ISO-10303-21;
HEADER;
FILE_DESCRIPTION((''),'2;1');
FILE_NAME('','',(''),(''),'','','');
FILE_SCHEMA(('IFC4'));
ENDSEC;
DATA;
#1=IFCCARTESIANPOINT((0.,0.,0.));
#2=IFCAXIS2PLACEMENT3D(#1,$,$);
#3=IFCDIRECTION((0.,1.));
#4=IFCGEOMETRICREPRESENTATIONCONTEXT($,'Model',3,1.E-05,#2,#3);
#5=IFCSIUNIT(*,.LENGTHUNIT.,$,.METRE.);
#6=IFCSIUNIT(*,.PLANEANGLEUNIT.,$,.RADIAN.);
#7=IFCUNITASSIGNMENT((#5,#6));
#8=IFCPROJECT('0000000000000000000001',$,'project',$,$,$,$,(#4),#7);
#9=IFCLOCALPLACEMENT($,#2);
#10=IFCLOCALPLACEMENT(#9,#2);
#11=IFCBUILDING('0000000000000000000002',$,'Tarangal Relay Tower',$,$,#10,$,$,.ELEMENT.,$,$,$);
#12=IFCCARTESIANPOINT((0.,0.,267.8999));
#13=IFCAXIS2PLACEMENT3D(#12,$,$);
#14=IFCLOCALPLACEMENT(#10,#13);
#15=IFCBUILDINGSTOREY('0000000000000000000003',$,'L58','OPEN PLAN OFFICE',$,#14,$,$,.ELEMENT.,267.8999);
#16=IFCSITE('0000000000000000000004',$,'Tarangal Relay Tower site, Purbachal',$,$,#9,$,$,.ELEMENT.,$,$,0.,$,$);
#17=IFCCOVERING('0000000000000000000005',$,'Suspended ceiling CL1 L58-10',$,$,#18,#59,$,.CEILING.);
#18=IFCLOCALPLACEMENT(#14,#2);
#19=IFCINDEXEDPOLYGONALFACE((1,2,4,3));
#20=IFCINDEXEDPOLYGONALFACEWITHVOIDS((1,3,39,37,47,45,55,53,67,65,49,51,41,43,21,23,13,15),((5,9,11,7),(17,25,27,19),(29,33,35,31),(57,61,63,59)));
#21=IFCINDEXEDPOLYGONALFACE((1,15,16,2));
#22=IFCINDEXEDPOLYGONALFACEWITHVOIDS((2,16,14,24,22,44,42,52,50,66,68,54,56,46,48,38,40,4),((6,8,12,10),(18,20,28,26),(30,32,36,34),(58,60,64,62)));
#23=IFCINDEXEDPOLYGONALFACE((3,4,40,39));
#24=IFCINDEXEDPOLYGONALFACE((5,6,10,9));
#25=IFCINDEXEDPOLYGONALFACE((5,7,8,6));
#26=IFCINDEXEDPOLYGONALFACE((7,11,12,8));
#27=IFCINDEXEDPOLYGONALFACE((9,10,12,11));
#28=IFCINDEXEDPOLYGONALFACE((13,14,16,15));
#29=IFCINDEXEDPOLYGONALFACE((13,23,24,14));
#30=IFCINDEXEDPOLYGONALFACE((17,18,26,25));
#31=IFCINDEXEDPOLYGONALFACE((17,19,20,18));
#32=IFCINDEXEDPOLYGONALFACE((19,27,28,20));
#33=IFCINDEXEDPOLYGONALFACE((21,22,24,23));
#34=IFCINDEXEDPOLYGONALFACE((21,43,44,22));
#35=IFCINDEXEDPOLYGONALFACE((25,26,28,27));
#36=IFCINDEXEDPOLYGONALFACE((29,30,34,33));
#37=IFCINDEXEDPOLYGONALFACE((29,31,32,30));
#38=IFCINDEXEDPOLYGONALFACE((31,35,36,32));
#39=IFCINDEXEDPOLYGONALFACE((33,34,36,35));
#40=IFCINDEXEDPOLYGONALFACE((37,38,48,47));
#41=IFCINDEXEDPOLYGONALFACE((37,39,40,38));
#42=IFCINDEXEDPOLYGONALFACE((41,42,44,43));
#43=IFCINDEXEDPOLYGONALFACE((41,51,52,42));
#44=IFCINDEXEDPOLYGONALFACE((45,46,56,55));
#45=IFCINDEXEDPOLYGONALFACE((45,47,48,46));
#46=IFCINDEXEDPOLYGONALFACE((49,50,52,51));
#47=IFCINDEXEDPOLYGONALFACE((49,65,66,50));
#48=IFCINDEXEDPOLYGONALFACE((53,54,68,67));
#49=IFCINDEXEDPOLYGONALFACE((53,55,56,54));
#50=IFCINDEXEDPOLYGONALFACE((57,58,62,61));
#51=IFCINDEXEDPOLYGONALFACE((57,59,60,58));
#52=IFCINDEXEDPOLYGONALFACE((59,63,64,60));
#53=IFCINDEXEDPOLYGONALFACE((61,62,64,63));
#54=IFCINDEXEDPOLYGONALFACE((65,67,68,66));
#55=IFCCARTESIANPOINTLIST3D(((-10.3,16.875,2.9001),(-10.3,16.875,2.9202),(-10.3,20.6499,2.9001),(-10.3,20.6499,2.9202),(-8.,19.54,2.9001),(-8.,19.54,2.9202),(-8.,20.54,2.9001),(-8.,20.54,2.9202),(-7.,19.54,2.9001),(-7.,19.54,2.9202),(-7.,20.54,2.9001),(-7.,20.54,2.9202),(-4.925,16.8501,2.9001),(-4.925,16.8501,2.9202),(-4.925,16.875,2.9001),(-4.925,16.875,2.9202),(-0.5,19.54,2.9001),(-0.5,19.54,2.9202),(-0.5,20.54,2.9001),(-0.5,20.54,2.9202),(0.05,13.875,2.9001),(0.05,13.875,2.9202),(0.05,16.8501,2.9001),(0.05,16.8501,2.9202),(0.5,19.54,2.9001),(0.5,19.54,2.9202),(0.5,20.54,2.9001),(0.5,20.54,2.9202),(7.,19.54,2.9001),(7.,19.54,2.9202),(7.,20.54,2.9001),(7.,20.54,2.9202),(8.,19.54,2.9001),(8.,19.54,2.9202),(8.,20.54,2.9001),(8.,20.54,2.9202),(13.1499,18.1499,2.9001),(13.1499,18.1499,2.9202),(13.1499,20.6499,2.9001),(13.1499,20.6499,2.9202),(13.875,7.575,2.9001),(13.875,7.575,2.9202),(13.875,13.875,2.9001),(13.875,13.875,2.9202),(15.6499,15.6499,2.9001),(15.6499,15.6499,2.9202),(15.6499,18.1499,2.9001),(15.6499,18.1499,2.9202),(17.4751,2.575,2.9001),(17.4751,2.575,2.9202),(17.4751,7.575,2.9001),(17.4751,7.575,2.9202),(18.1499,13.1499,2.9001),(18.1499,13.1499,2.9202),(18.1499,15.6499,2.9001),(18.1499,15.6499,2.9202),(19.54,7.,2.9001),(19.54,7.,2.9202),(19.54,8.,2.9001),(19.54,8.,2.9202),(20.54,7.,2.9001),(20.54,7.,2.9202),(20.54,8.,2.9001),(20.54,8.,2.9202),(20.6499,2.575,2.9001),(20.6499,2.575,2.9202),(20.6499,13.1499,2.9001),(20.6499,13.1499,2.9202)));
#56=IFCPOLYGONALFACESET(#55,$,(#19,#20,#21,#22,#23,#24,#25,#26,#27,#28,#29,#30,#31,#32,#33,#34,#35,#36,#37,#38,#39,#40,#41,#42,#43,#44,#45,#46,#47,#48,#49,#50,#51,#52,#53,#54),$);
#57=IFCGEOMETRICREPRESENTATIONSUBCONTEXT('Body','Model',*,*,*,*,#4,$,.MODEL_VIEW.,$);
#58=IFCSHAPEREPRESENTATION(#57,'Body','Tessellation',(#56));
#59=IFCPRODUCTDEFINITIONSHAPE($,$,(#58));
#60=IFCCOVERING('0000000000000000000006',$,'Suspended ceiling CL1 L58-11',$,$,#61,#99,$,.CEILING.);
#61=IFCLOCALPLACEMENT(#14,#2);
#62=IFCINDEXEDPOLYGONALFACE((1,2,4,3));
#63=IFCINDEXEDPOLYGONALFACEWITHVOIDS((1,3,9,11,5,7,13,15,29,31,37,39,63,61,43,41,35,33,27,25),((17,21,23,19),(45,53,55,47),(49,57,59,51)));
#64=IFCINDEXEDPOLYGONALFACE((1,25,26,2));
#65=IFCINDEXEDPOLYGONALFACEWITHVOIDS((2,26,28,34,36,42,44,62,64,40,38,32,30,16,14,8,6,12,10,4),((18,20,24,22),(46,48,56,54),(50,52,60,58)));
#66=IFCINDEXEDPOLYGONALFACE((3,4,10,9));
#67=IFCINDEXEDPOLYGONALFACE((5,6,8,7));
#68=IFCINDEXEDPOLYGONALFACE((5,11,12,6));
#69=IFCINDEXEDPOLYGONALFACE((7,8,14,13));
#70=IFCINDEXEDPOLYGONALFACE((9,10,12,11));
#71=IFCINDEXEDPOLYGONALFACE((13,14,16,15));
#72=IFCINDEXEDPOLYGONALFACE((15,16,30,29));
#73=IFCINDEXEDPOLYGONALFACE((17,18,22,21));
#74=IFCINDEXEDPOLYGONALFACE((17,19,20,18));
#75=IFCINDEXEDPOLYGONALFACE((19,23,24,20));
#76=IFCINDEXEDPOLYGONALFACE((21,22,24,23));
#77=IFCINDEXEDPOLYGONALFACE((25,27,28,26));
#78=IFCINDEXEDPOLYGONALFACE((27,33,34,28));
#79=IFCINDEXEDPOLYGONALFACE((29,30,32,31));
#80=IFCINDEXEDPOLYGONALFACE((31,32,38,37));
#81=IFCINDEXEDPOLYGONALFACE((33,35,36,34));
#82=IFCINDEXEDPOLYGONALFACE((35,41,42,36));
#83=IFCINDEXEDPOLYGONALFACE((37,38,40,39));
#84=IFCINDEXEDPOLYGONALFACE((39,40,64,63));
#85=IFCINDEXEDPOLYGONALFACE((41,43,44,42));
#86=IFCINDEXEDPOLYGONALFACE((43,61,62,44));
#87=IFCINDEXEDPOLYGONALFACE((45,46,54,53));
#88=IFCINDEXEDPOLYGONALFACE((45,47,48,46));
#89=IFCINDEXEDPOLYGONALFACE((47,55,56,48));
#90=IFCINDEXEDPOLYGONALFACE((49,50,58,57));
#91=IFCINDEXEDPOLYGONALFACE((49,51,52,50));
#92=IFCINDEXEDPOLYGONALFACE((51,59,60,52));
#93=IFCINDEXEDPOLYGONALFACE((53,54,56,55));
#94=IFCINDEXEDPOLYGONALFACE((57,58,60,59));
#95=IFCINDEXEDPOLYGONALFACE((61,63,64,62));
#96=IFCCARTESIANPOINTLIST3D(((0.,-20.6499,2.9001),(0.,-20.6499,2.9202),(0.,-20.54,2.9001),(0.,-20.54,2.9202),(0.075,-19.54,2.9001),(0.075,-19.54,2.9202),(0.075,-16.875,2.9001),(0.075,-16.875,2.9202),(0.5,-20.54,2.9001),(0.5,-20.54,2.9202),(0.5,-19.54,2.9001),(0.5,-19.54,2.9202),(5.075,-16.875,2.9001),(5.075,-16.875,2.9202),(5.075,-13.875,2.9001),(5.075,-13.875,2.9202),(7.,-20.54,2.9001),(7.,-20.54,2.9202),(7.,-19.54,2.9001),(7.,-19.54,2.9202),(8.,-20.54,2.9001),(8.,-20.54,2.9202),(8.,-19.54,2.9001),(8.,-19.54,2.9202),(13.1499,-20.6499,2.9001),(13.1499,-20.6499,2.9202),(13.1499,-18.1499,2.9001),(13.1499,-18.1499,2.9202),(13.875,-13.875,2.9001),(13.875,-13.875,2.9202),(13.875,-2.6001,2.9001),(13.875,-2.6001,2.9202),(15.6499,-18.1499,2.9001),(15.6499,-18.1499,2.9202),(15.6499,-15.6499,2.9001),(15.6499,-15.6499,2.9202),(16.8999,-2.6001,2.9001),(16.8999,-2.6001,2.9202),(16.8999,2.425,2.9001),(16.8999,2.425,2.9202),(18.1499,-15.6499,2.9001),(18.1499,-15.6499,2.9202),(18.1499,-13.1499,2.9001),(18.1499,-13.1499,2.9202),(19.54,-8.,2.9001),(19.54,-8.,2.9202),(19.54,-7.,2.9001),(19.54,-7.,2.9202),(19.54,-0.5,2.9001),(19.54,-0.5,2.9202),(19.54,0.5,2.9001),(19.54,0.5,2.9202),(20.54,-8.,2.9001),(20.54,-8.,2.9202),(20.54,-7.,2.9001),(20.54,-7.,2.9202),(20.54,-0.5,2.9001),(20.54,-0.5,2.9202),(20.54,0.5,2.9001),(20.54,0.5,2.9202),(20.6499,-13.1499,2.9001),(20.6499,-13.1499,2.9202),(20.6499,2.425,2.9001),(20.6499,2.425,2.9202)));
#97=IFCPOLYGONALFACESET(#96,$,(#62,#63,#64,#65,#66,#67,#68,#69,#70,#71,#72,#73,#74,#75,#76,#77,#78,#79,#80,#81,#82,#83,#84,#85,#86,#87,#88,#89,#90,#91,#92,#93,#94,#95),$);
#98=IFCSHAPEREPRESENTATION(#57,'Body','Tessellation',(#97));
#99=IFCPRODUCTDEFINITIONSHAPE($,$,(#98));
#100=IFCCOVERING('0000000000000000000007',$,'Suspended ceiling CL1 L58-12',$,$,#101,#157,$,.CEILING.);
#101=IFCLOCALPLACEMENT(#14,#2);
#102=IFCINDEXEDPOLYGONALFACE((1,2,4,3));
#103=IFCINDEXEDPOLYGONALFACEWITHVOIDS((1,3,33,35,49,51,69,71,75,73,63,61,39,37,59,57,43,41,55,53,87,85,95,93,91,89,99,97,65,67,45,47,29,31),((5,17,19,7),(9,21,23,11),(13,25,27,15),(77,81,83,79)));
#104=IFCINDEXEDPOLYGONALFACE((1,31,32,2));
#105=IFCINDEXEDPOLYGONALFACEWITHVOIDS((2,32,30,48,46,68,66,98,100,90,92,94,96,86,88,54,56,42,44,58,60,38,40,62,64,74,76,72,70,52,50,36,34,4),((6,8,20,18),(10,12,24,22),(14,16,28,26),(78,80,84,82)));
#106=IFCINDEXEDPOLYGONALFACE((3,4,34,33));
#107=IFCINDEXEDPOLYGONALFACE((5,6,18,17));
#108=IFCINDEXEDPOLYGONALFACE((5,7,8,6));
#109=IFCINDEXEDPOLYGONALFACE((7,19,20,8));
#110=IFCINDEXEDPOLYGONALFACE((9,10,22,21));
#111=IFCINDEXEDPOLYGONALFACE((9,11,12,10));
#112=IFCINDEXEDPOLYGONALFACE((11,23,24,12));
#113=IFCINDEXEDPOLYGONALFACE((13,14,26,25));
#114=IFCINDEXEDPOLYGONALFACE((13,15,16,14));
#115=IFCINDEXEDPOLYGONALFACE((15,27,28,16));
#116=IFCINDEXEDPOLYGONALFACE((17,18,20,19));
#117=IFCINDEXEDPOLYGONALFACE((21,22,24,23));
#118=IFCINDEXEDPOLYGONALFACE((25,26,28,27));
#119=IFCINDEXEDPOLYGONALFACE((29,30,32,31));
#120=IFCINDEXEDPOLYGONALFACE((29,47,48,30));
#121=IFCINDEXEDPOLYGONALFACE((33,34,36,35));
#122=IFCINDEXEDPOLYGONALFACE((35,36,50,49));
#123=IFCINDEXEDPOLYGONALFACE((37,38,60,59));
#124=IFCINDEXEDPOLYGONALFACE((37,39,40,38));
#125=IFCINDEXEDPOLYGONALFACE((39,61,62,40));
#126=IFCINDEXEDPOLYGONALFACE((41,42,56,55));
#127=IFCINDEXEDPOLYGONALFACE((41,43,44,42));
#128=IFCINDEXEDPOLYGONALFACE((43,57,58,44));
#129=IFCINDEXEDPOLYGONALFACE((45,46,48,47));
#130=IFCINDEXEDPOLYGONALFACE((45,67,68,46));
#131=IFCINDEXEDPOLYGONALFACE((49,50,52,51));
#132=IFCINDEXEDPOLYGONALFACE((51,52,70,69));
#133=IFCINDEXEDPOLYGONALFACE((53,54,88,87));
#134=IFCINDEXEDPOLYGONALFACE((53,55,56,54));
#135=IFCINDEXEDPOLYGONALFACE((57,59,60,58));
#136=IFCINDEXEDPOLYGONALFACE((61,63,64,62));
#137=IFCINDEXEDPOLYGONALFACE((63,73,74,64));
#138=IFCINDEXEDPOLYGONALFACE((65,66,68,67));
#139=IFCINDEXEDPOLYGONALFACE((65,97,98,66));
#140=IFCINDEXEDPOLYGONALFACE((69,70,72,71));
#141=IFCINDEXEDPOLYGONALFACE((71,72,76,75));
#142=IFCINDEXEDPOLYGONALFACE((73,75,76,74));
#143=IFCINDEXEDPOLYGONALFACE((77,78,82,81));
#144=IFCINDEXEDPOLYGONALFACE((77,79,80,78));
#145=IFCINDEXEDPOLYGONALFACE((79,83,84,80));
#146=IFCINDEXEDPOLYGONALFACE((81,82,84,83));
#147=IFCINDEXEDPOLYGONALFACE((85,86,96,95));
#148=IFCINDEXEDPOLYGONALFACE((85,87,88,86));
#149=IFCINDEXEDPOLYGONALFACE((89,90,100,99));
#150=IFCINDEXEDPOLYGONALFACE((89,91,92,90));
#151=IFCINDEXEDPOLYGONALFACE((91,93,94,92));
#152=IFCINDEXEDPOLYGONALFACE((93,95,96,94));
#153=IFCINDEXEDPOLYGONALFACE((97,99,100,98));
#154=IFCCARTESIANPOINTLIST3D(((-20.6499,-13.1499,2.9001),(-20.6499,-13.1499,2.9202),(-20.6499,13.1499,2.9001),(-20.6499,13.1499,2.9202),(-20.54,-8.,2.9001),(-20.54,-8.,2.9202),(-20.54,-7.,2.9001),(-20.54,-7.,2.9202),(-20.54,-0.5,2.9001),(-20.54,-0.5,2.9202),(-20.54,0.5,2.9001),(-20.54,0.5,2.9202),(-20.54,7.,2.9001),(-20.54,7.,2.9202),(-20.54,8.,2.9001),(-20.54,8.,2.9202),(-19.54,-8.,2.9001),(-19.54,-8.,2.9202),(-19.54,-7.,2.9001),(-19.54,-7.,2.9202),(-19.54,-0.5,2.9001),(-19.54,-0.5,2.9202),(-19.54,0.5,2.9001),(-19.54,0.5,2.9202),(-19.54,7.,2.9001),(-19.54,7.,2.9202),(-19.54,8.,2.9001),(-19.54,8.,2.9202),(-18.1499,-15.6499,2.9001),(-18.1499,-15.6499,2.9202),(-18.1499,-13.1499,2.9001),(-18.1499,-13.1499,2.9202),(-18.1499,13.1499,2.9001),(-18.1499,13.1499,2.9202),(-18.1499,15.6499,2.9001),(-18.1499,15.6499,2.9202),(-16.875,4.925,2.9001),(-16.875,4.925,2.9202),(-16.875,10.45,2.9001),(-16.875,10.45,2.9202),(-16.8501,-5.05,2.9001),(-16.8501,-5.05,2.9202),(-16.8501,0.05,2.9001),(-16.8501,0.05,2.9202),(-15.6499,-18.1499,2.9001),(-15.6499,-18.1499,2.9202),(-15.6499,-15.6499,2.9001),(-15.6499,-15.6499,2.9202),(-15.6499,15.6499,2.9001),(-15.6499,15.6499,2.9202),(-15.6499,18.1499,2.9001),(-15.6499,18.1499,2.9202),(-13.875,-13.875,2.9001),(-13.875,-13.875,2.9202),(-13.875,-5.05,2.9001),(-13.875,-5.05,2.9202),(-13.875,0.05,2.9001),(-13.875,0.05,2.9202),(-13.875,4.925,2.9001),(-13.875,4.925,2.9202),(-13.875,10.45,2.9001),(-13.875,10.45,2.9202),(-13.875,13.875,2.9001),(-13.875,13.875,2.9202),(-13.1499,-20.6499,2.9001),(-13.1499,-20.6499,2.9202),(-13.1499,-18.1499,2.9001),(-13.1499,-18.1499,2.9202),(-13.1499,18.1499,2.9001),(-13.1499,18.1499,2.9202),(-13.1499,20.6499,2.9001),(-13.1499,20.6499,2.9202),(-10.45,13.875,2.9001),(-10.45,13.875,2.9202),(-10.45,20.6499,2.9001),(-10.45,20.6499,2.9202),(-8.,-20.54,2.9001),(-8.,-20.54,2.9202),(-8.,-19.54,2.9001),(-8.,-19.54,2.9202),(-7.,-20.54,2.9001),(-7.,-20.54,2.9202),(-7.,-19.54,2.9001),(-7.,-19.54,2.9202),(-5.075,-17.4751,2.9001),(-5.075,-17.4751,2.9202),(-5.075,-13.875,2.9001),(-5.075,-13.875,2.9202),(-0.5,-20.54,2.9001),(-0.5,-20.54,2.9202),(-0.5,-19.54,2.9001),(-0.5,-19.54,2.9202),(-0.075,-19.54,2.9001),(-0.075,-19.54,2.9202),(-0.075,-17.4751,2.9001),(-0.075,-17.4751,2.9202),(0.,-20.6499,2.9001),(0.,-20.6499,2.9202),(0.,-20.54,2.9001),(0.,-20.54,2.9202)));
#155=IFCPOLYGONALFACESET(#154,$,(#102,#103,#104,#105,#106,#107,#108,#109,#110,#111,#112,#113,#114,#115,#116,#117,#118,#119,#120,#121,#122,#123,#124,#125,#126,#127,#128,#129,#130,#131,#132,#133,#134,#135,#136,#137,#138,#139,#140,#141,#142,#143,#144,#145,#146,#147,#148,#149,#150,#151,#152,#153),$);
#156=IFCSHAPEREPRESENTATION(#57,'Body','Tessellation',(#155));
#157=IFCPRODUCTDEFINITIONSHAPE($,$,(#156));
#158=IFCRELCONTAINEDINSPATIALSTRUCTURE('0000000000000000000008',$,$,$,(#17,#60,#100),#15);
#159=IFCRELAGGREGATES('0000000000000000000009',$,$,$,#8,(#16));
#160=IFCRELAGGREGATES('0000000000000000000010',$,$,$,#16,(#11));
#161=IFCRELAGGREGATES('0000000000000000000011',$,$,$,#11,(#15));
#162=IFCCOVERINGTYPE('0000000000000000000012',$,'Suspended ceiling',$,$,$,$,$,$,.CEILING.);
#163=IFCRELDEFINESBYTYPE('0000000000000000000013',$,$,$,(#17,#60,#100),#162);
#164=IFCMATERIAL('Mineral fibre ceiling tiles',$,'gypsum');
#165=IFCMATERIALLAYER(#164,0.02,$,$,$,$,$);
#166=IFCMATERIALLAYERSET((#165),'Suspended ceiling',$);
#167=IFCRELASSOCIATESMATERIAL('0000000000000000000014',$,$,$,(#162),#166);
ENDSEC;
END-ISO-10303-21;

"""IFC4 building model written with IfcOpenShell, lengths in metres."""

from ifc_helpers import new_model, si_unit, direction, frame, origin, place, context, subcontext, project, spatial, polyline, outline, extrude, material, layer, layer_set, type_object, element, save


model = new_model("IFC4")

# Units and contexts
model_context = context("Model", 3, precision=1e-05, world=origin(), true_north=direction((0.0, 1.0)))
body_context = subcontext(model_context, "Body", "Model", "MODEL_VIEW")
ifc_project = project(units=[si_unit("LENGTHUNIT", "METRE"), si_unit("PLANEANGLEUNIT", "RADIAN")], contexts=[model_context])

# Site, building, storey
site_placement = place(None, origin())
site = spatial("IfcSite", under=ifc_project, at=site_placement, Name="Tarangal Relay Tower site, Purbachal", CompositionType="ELEMENT", RefElevation=0.0)
building_placement = place(site_placement, origin())
building = spatial("IfcBuilding", under=site, at=building_placement, Name="Tarangal Relay Tower", CompositionType="ELEMENT")
storey_placement = place(building_placement, frame((0.0, 0.0, 267.8999)))
storey = spatial("IfcBuildingStorey", under=building, at=storey_placement, Name="L58", Description="OPEN PLAN OFFICE", CompositionType="ELEMENT", Elevation=267.8999)

# Coverings
ifc_material_1 = material(Name="Mineral fibre ceiling tiles", Category="gypsum")
ifc_layer_1 = layer(ifc_material_1, 0.02)
ifc_layer_set_1 = layer_set([ifc_layer_1], Name="Suspended ceiling")
covering_type = type_object("IfcCoveringType", Name="Suspended ceiling", PredefinedType="CEILING", material=ifc_layer_set_1)
covering_1_placement = place(storey_placement, frame((0.0, 0.0, 2.9001)))
element("IfcCovering", 1, at=covering_1_placement, inside=storey, type_object=covering_type, Name="Suspended ceiling CL1 L58-10", PredefinedType="CEILING", context=body_context, shape_type="SweptSolid", body=[
    extrude(outline(polyline([(13.1499, 20.6499), (-10.3, 20.6499), (-10.3, 16.875), (-4.925, 16.875), (-4.925, 16.8501), (0.05, 16.8501), (0.05, 13.875), (13.875, 13.875), (13.875, 7.575), (17.4751, 7.575), (17.4751, 2.575), (20.6499, 2.575), (20.6499, 13.1499), (18.1499, 13.1499), (18.1499, 15.6499), (15.6499, 15.6499), (15.6499, 18.1499), (13.1499, 18.1499), (13.1499, 20.6499)]), holes=[polyline([(19.54, 7.0), (20.54, 7.0), (20.54, 8.0), (19.54, 8.0), (19.54, 7.0)]), polyline([(-8.0, 19.54), (-7.0, 19.54), (-7.0, 20.54), (-8.0, 20.54), (-8.0, 19.54)]), polyline([(-0.5, 19.54), (0.5, 19.54), (0.5, 20.54), (-0.5, 20.54), (-0.5, 19.54)]), polyline([(7.0, 19.54), (8.0, 19.54), (8.0, 20.54), (7.0, 20.54), (7.0, 19.54)])]), origin(), (0.0, 0.0, 1.0), 0.02),
])
covering_2_placement = place(storey_placement, frame((0.0, 0.0, 2.9001)))
element("IfcCovering", 2, at=covering_2_placement, inside=storey, type_object=covering_type, Name="Suspended ceiling CL1 L58-11", PredefinedType="CEILING", context=body_context, shape_type="SweptSolid", body=[
    extrude(outline(polyline([(20.6499, -13.1499), (20.6499, 2.425), (16.8999, 2.425), (16.8999, -2.6001), (13.875, -2.6001), (13.875, -13.875), (5.075, -13.875), (5.075, -16.875), (0.075, -16.875), (0.075, -19.54), (0.5, -19.54), (0.5, -20.54), (0.0, -20.54), (0.0, -20.6499), (13.1499, -20.6499), (13.1499, -18.1499), (15.6499, -18.1499), (15.6499, -15.6499), (18.1499, -15.6499), (18.1499, -13.1499), (20.6499, -13.1499)]), holes=[polyline([(7.0, -20.54), (8.0, -20.54), (8.0, -19.54), (7.0, -19.54), (7.0, -20.54)]), polyline([(19.54, -8.0), (20.54, -8.0), (20.54, -7.0), (19.54, -7.0), (19.54, -8.0)]), polyline([(19.54, -0.5), (20.54, -0.5), (20.54, 0.5), (19.54, 0.5), (19.54, -0.5)])]), origin(), (0.0, 0.0, 1.0), 0.02),
])
covering_3_placement = place(storey_placement, frame((0.0, 0.0, 2.9001)))
element("IfcCovering", 3, at=covering_3_placement, inside=storey, type_object=covering_type, Name="Suspended ceiling CL1 L58-12", PredefinedType="CEILING", context=body_context, shape_type="SweptSolid", body=[
    extrude(outline(polyline([(0.0, -20.6499), (0.0, -20.54), (-0.5, -20.54), (-0.5, -19.54), (-0.075, -19.54), (-0.075, -17.4751), (-5.075, -17.4751), (-5.075, -13.875), (-13.875, -13.875), (-13.875, -5.05), (-16.8501, -5.05), (-16.8501, 0.05), (-13.875, 0.05), (-13.875, 4.925), (-16.875, 4.925), (-16.875, 10.45), (-13.875, 10.45), (-13.875, 13.875), (-10.45, 13.875), (-10.45, 20.6499), (-13.1499, 20.6499), (-13.1499, 18.1499), (-15.6499, 18.1499), (-15.6499, 15.6499), (-18.1499, 15.6499), (-18.1499, 13.1499), (-20.6499, 13.1499), (-20.6499, -13.1499), (-18.1499, -13.1499), (-18.1499, -15.6499), (-15.6499, -15.6499), (-15.6499, -18.1499), (-13.1499, -18.1499), (-13.1499, -20.6499), (0.0, -20.6499)]), holes=[polyline([(-8.0, -20.54), (-7.0, -20.54), (-7.0, -19.54), (-8.0, -19.54), (-8.0, -20.54)]), polyline([(-20.54, -8.0), (-19.54, -8.0), (-19.54, -7.0), (-20.54, -7.0), (-20.54, -8.0)]), polyline([(-20.54, 0.5), (-20.54, -0.5), (-19.54, -0.5), (-19.54, 0.5), (-20.54, 0.5)]), polyline([(-20.54, 8.0), (-20.54, 7.0), (-19.54, 7.0), (-19.54, 8.0), (-20.54, 8.0)])]), origin(), (0.0, 0.0, 1.0), 0.02),
])

save(model, "model.ifc")
